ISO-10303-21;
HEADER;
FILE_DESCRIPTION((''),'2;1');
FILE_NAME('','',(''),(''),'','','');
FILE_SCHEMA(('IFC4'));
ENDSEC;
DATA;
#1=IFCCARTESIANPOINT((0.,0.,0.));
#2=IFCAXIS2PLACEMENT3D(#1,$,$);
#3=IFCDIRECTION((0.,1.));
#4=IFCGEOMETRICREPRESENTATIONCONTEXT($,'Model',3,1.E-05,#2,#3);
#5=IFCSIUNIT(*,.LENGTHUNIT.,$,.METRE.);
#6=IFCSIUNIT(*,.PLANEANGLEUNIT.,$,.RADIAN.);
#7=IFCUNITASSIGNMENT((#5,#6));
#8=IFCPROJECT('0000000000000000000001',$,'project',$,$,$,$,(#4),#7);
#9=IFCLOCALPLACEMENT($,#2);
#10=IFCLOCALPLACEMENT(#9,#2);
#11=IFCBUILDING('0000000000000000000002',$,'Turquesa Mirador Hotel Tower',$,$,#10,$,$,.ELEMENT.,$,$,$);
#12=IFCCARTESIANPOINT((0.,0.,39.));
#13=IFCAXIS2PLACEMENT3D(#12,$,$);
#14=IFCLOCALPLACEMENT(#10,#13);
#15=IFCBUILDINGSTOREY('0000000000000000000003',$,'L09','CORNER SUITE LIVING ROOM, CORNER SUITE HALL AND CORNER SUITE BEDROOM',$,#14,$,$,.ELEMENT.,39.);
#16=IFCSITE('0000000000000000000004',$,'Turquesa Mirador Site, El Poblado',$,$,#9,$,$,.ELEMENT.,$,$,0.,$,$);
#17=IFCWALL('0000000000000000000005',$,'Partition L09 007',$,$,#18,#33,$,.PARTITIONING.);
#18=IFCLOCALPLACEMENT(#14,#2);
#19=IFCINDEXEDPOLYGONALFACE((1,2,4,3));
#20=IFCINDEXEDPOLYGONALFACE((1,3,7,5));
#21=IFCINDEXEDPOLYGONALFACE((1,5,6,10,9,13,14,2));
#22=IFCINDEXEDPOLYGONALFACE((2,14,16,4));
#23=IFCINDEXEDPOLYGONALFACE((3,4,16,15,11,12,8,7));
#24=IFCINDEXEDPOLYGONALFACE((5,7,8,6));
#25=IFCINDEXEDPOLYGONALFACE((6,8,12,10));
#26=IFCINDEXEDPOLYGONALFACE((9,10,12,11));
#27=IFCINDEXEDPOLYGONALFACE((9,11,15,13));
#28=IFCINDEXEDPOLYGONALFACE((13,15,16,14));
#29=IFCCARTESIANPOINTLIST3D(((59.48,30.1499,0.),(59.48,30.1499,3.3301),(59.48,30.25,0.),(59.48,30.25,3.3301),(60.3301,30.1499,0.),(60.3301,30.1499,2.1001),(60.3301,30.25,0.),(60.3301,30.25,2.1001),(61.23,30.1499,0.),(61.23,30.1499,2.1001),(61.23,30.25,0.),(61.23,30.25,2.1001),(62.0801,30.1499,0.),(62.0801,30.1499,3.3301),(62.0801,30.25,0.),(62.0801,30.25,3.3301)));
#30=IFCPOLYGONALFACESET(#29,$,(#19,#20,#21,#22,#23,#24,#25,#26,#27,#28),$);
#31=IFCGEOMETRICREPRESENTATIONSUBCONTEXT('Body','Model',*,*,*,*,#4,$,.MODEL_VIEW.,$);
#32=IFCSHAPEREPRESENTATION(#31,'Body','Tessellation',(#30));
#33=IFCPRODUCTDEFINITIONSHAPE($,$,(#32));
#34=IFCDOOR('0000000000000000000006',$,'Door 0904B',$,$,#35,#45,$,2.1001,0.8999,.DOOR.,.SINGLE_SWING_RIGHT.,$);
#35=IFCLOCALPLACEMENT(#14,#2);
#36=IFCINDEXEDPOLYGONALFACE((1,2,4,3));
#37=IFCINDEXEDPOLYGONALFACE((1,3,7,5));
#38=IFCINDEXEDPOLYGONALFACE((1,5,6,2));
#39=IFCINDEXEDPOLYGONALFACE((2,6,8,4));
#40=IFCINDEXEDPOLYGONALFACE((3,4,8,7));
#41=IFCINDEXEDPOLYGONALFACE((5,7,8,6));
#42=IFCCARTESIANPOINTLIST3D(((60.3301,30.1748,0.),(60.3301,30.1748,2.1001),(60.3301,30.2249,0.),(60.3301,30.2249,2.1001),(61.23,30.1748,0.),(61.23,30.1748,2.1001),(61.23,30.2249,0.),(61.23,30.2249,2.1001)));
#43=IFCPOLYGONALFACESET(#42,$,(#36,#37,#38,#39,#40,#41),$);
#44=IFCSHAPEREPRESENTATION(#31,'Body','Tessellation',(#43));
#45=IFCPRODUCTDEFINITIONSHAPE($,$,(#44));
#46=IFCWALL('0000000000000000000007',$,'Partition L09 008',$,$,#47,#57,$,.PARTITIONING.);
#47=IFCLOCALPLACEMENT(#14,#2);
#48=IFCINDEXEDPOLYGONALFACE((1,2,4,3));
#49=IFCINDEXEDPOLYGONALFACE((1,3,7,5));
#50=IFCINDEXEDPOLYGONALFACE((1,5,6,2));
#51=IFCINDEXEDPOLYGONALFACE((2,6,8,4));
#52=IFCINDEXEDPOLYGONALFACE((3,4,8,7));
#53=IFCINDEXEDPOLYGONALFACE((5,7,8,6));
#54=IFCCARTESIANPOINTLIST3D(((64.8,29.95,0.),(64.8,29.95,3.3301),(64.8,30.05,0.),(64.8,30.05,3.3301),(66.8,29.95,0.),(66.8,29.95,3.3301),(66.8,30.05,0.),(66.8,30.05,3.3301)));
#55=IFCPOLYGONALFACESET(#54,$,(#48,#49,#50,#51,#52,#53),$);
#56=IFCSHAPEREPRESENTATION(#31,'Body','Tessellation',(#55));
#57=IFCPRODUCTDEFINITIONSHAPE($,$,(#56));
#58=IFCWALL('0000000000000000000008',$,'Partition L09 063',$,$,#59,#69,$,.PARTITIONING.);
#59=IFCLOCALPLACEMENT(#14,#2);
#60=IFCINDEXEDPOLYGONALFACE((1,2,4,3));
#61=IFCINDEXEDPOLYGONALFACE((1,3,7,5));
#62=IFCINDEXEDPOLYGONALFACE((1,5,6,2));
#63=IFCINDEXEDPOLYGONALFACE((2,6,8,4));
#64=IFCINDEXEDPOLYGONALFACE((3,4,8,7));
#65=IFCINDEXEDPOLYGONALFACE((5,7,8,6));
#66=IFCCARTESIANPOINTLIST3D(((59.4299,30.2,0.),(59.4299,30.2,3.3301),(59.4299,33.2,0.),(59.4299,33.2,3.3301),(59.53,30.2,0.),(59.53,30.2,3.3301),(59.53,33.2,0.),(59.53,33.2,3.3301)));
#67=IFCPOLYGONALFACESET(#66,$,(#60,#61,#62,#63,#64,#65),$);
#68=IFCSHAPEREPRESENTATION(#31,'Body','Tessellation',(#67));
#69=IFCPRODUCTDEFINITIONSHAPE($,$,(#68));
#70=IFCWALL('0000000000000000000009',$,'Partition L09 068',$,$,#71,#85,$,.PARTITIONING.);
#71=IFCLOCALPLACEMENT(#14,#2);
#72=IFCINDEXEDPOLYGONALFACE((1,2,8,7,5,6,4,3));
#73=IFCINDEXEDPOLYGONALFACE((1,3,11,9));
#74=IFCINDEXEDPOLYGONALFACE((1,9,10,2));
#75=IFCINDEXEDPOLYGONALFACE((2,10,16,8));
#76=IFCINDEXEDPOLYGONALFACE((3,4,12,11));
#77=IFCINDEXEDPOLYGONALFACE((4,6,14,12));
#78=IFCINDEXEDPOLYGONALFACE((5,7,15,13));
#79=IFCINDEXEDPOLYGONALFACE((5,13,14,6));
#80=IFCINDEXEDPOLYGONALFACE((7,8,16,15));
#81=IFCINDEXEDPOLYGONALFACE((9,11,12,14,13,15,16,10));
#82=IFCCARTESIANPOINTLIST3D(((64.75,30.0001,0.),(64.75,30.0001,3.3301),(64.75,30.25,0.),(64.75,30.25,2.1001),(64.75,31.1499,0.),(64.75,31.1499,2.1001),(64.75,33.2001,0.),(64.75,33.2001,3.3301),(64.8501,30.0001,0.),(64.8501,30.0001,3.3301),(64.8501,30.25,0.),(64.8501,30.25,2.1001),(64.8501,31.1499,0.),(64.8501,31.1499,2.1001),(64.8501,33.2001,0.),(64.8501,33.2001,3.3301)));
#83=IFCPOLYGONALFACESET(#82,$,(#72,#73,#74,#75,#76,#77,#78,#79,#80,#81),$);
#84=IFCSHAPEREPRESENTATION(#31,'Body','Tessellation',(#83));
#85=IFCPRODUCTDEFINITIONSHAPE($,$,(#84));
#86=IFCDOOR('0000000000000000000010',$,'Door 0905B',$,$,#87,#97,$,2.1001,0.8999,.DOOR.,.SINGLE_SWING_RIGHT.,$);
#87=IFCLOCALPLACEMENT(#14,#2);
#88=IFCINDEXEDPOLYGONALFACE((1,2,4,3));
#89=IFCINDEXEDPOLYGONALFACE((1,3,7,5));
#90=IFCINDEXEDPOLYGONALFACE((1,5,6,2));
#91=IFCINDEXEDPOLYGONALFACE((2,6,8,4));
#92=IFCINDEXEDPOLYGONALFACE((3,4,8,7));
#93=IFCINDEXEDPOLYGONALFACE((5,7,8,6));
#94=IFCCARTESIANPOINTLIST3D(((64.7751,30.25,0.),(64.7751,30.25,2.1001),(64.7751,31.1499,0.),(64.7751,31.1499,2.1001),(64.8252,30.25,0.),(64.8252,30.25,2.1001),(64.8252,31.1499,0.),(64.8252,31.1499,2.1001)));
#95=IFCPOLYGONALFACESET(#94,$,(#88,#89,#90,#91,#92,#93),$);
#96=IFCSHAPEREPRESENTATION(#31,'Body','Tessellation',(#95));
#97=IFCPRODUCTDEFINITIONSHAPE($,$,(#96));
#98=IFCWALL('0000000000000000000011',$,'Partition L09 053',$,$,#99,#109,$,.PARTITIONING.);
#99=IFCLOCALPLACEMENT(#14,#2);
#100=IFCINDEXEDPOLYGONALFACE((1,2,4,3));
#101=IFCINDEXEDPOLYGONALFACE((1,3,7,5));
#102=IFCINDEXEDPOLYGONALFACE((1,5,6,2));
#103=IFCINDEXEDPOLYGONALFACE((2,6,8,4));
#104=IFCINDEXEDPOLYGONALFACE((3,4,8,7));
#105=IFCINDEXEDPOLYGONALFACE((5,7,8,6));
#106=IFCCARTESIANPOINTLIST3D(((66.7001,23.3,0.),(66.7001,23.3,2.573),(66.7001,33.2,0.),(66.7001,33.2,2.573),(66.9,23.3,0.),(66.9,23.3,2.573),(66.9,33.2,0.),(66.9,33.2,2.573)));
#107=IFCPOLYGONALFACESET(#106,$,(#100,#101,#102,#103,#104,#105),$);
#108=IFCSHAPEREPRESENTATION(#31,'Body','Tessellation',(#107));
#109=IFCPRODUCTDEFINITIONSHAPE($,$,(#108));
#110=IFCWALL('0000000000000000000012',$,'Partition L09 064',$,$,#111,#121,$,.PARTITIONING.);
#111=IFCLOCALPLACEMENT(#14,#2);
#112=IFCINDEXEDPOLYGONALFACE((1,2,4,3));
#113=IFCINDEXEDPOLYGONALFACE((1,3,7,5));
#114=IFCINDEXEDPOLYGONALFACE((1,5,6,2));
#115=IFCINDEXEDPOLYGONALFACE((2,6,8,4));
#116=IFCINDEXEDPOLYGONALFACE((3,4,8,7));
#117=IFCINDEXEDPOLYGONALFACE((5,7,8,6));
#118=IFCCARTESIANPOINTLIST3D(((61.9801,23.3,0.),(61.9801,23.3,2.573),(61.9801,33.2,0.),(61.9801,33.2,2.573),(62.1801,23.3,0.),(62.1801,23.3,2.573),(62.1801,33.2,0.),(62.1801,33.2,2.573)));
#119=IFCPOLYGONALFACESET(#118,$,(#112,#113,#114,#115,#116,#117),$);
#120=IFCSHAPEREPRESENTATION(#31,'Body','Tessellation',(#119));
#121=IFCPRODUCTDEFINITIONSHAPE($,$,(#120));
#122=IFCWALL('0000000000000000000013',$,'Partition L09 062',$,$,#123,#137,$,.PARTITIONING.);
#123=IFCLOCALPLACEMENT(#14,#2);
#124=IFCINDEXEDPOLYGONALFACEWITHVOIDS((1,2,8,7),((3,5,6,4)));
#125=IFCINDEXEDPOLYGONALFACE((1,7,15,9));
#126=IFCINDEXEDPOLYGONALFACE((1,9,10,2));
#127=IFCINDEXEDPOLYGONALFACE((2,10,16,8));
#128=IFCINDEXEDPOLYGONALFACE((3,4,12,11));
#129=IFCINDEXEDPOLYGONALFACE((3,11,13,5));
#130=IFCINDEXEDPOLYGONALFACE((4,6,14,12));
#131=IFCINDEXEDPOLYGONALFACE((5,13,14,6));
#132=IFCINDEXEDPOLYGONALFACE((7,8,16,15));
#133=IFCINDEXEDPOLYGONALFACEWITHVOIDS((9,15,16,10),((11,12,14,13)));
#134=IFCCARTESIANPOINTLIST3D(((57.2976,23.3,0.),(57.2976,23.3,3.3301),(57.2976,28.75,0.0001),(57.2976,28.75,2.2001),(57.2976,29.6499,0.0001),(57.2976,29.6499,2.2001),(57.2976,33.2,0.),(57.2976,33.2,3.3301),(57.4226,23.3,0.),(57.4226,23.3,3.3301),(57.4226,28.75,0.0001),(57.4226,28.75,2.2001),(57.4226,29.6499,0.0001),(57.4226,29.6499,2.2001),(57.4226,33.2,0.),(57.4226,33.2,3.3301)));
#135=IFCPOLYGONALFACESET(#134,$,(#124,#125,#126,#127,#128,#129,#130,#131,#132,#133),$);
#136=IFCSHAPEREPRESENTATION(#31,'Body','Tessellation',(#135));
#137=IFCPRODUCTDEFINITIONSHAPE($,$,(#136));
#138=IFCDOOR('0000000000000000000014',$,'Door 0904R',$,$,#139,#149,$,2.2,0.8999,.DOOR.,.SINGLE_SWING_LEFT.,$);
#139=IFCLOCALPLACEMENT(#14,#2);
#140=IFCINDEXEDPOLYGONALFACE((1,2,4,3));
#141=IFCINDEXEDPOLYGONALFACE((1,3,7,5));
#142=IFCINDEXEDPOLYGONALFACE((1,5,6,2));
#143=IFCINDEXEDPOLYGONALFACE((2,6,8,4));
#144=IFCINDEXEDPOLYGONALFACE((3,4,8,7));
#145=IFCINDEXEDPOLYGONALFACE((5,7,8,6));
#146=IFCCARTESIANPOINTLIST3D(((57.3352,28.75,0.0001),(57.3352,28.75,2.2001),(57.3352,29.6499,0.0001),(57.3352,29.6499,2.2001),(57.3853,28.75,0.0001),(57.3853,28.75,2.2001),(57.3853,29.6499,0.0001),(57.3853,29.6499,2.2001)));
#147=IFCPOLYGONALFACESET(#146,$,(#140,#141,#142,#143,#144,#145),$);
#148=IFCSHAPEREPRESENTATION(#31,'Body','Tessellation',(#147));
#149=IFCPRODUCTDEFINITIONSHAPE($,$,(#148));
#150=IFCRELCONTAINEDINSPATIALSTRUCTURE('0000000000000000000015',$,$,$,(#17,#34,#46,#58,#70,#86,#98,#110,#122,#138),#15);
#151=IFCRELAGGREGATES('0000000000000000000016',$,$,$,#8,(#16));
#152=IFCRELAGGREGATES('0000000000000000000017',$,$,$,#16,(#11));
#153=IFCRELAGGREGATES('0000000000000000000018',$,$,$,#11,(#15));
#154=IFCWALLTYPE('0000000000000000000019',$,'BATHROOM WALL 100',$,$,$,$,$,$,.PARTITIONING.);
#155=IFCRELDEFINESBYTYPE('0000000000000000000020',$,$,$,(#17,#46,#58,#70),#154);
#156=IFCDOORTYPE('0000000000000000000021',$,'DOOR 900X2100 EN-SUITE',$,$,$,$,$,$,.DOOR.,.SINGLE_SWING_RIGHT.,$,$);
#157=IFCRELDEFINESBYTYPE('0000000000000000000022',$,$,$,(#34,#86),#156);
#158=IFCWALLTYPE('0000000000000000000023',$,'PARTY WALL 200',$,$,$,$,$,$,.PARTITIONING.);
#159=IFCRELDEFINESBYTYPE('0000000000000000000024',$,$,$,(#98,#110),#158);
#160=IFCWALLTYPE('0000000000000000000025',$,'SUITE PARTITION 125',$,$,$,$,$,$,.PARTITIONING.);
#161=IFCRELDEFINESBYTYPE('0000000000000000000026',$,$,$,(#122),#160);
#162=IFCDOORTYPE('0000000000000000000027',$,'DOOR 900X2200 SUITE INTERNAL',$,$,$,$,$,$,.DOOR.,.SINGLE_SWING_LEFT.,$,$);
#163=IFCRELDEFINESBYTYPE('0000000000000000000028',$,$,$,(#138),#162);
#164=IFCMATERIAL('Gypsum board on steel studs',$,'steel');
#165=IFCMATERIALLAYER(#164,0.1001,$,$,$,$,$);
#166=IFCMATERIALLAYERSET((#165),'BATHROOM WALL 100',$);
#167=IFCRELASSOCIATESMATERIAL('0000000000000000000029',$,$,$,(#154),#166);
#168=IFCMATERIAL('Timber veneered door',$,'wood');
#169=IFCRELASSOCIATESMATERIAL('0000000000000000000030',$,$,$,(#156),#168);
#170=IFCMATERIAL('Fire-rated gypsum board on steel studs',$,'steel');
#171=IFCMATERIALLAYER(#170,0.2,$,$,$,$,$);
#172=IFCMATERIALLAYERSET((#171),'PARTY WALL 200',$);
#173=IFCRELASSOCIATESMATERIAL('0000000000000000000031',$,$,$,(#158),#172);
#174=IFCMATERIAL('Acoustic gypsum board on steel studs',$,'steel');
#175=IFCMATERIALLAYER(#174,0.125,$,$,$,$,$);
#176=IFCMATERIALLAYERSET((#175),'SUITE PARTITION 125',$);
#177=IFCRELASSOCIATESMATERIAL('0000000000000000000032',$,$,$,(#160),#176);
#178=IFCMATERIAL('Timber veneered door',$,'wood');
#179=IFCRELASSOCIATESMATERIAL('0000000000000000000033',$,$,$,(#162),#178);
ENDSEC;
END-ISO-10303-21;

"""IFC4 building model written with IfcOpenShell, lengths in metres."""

from ifc_helpers import new_model, si_unit, direction, frame, frame_2d, origin, place, context, subcontext, project, spatial, rectangle, extrude, material, layer, layer_set, type_object, element, fill, save


model = new_model("IFC4")

# Units and contexts
model_context = context("Model", 3, precision=1e-05, world=origin(), true_north=direction((0.0, 1.0)))
body_context = subcontext(model_context, "Body", "Model", "MODEL_VIEW")
ifc_project = project(units=[si_unit("LENGTHUNIT", "METRE"), si_unit("PLANEANGLEUNIT", "RADIAN")], contexts=[model_context])

# Site, building, storey
site_placement = place(None, origin())
site = spatial("IfcSite", under=ifc_project, at=site_placement, Name="Turquesa Mirador Site, El Poblado", CompositionType="ELEMENT", RefElevation=0.0)
building_placement = place(site_placement, origin())
building = spatial("IfcBuilding", under=site, at=building_placement, Name="Turquesa Mirador Hotel Tower", CompositionType="ELEMENT")
storey_placement = place(building_placement, frame((0.0, 0.0, 39.0)))
storey = spatial("IfcBuildingStorey", under=building, at=storey_placement, Name="L09", Description="CORNER SUITE LIVING ROOM, CORNER SUITE HALL AND CORNER SUITE BEDROOM", CompositionType="ELEMENT", Elevation=39.0)

# Shared definitions
ifc_material_1 = material(Name="Gypsum board on steel studs", Category="steel")
ifc_layer_1 = layer(ifc_material_1, 0.1001)
ifc_layer_set_1 = layer_set([ifc_layer_1], Name="BATHROOM WALL 100")
wall_type_1 = type_object("IfcWallType", Name="BATHROOM WALL 100", PredefinedType="PARTITIONING", material=ifc_layer_set_1)

# Wall, opening, door
wall_1_placement = place(storey_placement, frame((59.48, 30.2, 0.0), z_axis=(0.0, 0.0, 1.0), x_axis=(1.0, 0.0, 0.0)))
wall_1 = element("IfcWall", 1, at=wall_1_placement, inside=storey, type_object=wall_type_1, Name="Partition L09 007", PredefinedType="PARTITIONING", context=body_context, shape_type="SweptSolid", body=[
    extrude(rectangle(XDim=2.6001, YDim=0.1001, at=frame_2d((1.3, 0.0))), origin(), (0.0, 0.0, 1.0), 3.3301),
])
opening_1_placement = place(wall_1_placement, frame((0.8501, 0.0, 0.0)))
opening_1 = element("IfcOpeningElement", 2, at=opening_1_placement, cuts=wall_1, PredefinedType="OPENING", context=body_context, shape_type="SweptSolid", body=[
    extrude(rectangle(XDim=0.8999, YDim=2.1001, at=frame_2d((0.45, 1.05))), frame((0.0, 0.0601, 0.0), z_axis=(0.0, -1.0, 0.0), x_axis=(1.0, 0.0, 0.0)), (0.0, 0.0, 1.0), 0.1201),
])
ifc_material_2 = material(Name="Timber veneered door", Category="wood")
door_type_1 = type_object("IfcDoorType", Name="DOOR 900X2100 EN-SUITE", OperationType="SINGLE_SWING_RIGHT", PredefinedType="DOOR", material=ifc_material_2)
door_1_placement = place(opening_1_placement, origin())
door_1 = element("IfcDoor", 3, at=door_1_placement, inside=storey, type_object=door_type_1, Name="Door 0904B", OperationType="SINGLE_SWING_RIGHT", OverallHeight=2.1001, OverallWidth=0.8999, PredefinedType="DOOR", context=body_context, shape_type="SweptSolid", body=[
    extrude(rectangle(XDim=0.8999, YDim=2.1001, at=frame_2d((0.45, 1.05))), frame((0.0, 0.0249, 0.0), z_axis=(0.0, -1.0, 0.0), x_axis=(1.0, 0.0, 0.0)), (0.0, 0.0, 1.0), 0.05),
])
fill(opening_1, door_1)

# Walls
wall_2_placement = place(storey_placement, frame((64.8, 30.0, 0.0), z_axis=(0.0, 0.0, 1.0), x_axis=(1.0, 0.0, 0.0)))
element("IfcWall", 4, at=wall_2_placement, inside=storey, type_object=wall_type_1, Name="Partition L09 008", PredefinedType="PARTITIONING", context=body_context, shape_type="SweptSolid", body=[
    extrude(rectangle(XDim=2.0, YDim=0.1001, at=frame_2d((1.0, 0.0))), origin(), (0.0, 0.0, 1.0), 3.3301),
])
wall_3_placement = place(storey_placement, frame((59.48, 30.2, 0.0), z_axis=(0.0, 0.0, 1.0), x_axis=(0.0, 1.0, 0.0)))
element("IfcWall", 5, at=wall_3_placement, inside=storey, type_object=wall_type_1, Name="Partition L09 063", PredefinedType="PARTITIONING", context=body_context, shape_type="SweptSolid", body=[
    extrude(rectangle(XDim=3.0, YDim=0.1001, at=frame_2d((1.5, 0.0))), origin(), (0.0, 0.0, 1.0), 3.3301),
])

# Wall, opening, door
wall_4_placement = place(storey_placement, frame((64.8, 30.0, 0.0), z_axis=(0.0, 0.0, 1.0), x_axis=(0.0, 1.0, 0.0)))
wall_4 = element("IfcWall", 6, at=wall_4_placement, inside=storey, type_object=wall_type_1, Name="Partition L09 068", PredefinedType="PARTITIONING", context=body_context, shape_type="SweptSolid", body=[
    extrude(rectangle(XDim=3.2, YDim=0.1001, at=frame_2d((1.6001, 0.0))), origin(), (0.0, 0.0, 1.0), 3.3301),
])
opening_2_placement = place(wall_4_placement, frame((0.25, 0.0, 0.0)))
opening_2 = element("IfcOpeningElement", 7, at=opening_2_placement, cuts=wall_4, PredefinedType="OPENING", context=body_context, shape_type="SweptSolid", body=[
    extrude(rectangle(XDim=0.8999, YDim=2.1001, at=frame_2d((0.45, 1.05))), frame((0.0, 0.0601, 0.0), z_axis=(0.0, -1.0, 0.0), x_axis=(1.0, 0.0, 0.0)), (0.0, 0.0, 1.0), 0.1201),
])
door_2_placement = place(opening_2_placement, origin())
door_2 = element("IfcDoor", 8, at=door_2_placement, inside=storey, type_object=door_type_1, Name="Door 0905B", OperationType="SINGLE_SWING_RIGHT", OverallHeight=2.1001, OverallWidth=0.8999, PredefinedType="DOOR", context=body_context, shape_type="SweptSolid", body=[
    extrude(rectangle(XDim=0.8999, YDim=2.1001, at=frame_2d((0.45, 1.05))), frame((0.0, 0.0249, 0.0), z_axis=(0.0, -1.0, 0.0), x_axis=(1.0, 0.0, 0.0)), (0.0, 0.0, 1.0), 0.05),
])
fill(opening_2, door_2)

# Walls
ifc_material_3 = material(Name="Fire-rated gypsum board on steel studs", Category="steel")
ifc_layer_2 = layer(ifc_material_3, 0.2)
ifc_layer_set_2 = layer_set([ifc_layer_2], Name="PARTY WALL 200")
wall_type_2 = type_object("IfcWallType", Name="PARTY WALL 200", PredefinedType="PARTITIONING", material=ifc_layer_set_2)
for number, where, z_axis, x_axis, name in (
    (9, (66.8, 23.3, 0.0), (0.0, 0.0, 1.0), (0.0, 1.0, 0.0), "Partition L09 053"),
    (10, (62.0801, 23.3, 0.0), (0.0, 0.0, 1.0), (0.0, 1.0, 0.0), "Partition L09 064"),
):
    element("IfcWall", number, at=place(storey_placement, frame(where, z_axis=z_axis, x_axis=x_axis)), inside=storey, type_object=wall_type_2, Name=name, PredefinedType="PARTITIONING", context=body_context, shape_type="SweptSolid", body=[
        extrude(rectangle(XDim=9.8999, YDim=0.2, at=frame_2d((4.95, 0.0))), origin(), (0.0, 0.0, 1.0), 2.573),
    ])

# Wall, opening, door
ifc_material_4 = material(Name="Acoustic gypsum board on steel studs", Category="steel")
ifc_layer_3 = layer(ifc_material_4, 0.125)
ifc_layer_set_3 = layer_set([ifc_layer_3], Name="SUITE PARTITION 125")
wall_type_3 = type_object("IfcWallType", Name="SUITE PARTITION 125", PredefinedType="PARTITIONING", material=ifc_layer_set_3)
wall_5_placement = place(storey_placement, frame((57.3601, 23.3, 0.0), z_axis=(0.0, 0.0, 1.0), x_axis=(0.0, 1.0, 0.0)))
wall_5 = element("IfcWall", 11, at=wall_5_placement, inside=storey, type_object=wall_type_3, Name="Partition L09 062", PredefinedType="PARTITIONING", context=body_context, shape_type="SweptSolid", body=[
    extrude(rectangle(XDim=9.8999, YDim=0.125, at=frame_2d((4.95, 0.0))), origin(), (0.0, 0.0, 1.0), 3.3301),
])
opening_3_placement = place(wall_5_placement, frame((5.45, 0.0, 0.0)))
opening_3 = element("IfcOpeningElement", 12, at=opening_3_placement, cuts=wall_5, PredefinedType="OPENING", context=body_context, shape_type="SweptSolid", body=[
    extrude(rectangle(XDim=0.8999, YDim=2.2, at=frame_2d((0.45, 1.1001))), frame((0.0, 0.0725, 0.0), z_axis=(0.0, -1.0, 0.0), x_axis=(1.0, 0.0, 0.0)), (0.0, 0.0, 1.0), 0.145),
])
ifc_material_5 = material(Name="Timber veneered door", Category="wood")
door_type_2 = type_object("IfcDoorType", Name="DOOR 900X2200 SUITE INTERNAL", OperationType="SINGLE_SWING_LEFT", PredefinedType="DOOR", material=ifc_material_5)
door_3_placement = place(opening_3_placement, origin())
door_3 = element("IfcDoor", 13, at=door_3_placement, inside=storey, type_object=door_type_2, Name="Door 0904R", OperationType="SINGLE_SWING_LEFT", OverallHeight=2.2, OverallWidth=0.8999, PredefinedType="DOOR", context=body_context, shape_type="SweptSolid", body=[
    extrude(rectangle(XDim=0.8999, YDim=2.2, at=frame_2d((0.45, 1.1001))), frame((0.0, 0.0249, 0.0), z_axis=(0.0, -1.0, 0.0), x_axis=(1.0, 0.0, 0.0)), (0.0, 0.0, 1.0), 0.05),
])
fill(opening_3, door_3)

save(model, "model.ifc")
